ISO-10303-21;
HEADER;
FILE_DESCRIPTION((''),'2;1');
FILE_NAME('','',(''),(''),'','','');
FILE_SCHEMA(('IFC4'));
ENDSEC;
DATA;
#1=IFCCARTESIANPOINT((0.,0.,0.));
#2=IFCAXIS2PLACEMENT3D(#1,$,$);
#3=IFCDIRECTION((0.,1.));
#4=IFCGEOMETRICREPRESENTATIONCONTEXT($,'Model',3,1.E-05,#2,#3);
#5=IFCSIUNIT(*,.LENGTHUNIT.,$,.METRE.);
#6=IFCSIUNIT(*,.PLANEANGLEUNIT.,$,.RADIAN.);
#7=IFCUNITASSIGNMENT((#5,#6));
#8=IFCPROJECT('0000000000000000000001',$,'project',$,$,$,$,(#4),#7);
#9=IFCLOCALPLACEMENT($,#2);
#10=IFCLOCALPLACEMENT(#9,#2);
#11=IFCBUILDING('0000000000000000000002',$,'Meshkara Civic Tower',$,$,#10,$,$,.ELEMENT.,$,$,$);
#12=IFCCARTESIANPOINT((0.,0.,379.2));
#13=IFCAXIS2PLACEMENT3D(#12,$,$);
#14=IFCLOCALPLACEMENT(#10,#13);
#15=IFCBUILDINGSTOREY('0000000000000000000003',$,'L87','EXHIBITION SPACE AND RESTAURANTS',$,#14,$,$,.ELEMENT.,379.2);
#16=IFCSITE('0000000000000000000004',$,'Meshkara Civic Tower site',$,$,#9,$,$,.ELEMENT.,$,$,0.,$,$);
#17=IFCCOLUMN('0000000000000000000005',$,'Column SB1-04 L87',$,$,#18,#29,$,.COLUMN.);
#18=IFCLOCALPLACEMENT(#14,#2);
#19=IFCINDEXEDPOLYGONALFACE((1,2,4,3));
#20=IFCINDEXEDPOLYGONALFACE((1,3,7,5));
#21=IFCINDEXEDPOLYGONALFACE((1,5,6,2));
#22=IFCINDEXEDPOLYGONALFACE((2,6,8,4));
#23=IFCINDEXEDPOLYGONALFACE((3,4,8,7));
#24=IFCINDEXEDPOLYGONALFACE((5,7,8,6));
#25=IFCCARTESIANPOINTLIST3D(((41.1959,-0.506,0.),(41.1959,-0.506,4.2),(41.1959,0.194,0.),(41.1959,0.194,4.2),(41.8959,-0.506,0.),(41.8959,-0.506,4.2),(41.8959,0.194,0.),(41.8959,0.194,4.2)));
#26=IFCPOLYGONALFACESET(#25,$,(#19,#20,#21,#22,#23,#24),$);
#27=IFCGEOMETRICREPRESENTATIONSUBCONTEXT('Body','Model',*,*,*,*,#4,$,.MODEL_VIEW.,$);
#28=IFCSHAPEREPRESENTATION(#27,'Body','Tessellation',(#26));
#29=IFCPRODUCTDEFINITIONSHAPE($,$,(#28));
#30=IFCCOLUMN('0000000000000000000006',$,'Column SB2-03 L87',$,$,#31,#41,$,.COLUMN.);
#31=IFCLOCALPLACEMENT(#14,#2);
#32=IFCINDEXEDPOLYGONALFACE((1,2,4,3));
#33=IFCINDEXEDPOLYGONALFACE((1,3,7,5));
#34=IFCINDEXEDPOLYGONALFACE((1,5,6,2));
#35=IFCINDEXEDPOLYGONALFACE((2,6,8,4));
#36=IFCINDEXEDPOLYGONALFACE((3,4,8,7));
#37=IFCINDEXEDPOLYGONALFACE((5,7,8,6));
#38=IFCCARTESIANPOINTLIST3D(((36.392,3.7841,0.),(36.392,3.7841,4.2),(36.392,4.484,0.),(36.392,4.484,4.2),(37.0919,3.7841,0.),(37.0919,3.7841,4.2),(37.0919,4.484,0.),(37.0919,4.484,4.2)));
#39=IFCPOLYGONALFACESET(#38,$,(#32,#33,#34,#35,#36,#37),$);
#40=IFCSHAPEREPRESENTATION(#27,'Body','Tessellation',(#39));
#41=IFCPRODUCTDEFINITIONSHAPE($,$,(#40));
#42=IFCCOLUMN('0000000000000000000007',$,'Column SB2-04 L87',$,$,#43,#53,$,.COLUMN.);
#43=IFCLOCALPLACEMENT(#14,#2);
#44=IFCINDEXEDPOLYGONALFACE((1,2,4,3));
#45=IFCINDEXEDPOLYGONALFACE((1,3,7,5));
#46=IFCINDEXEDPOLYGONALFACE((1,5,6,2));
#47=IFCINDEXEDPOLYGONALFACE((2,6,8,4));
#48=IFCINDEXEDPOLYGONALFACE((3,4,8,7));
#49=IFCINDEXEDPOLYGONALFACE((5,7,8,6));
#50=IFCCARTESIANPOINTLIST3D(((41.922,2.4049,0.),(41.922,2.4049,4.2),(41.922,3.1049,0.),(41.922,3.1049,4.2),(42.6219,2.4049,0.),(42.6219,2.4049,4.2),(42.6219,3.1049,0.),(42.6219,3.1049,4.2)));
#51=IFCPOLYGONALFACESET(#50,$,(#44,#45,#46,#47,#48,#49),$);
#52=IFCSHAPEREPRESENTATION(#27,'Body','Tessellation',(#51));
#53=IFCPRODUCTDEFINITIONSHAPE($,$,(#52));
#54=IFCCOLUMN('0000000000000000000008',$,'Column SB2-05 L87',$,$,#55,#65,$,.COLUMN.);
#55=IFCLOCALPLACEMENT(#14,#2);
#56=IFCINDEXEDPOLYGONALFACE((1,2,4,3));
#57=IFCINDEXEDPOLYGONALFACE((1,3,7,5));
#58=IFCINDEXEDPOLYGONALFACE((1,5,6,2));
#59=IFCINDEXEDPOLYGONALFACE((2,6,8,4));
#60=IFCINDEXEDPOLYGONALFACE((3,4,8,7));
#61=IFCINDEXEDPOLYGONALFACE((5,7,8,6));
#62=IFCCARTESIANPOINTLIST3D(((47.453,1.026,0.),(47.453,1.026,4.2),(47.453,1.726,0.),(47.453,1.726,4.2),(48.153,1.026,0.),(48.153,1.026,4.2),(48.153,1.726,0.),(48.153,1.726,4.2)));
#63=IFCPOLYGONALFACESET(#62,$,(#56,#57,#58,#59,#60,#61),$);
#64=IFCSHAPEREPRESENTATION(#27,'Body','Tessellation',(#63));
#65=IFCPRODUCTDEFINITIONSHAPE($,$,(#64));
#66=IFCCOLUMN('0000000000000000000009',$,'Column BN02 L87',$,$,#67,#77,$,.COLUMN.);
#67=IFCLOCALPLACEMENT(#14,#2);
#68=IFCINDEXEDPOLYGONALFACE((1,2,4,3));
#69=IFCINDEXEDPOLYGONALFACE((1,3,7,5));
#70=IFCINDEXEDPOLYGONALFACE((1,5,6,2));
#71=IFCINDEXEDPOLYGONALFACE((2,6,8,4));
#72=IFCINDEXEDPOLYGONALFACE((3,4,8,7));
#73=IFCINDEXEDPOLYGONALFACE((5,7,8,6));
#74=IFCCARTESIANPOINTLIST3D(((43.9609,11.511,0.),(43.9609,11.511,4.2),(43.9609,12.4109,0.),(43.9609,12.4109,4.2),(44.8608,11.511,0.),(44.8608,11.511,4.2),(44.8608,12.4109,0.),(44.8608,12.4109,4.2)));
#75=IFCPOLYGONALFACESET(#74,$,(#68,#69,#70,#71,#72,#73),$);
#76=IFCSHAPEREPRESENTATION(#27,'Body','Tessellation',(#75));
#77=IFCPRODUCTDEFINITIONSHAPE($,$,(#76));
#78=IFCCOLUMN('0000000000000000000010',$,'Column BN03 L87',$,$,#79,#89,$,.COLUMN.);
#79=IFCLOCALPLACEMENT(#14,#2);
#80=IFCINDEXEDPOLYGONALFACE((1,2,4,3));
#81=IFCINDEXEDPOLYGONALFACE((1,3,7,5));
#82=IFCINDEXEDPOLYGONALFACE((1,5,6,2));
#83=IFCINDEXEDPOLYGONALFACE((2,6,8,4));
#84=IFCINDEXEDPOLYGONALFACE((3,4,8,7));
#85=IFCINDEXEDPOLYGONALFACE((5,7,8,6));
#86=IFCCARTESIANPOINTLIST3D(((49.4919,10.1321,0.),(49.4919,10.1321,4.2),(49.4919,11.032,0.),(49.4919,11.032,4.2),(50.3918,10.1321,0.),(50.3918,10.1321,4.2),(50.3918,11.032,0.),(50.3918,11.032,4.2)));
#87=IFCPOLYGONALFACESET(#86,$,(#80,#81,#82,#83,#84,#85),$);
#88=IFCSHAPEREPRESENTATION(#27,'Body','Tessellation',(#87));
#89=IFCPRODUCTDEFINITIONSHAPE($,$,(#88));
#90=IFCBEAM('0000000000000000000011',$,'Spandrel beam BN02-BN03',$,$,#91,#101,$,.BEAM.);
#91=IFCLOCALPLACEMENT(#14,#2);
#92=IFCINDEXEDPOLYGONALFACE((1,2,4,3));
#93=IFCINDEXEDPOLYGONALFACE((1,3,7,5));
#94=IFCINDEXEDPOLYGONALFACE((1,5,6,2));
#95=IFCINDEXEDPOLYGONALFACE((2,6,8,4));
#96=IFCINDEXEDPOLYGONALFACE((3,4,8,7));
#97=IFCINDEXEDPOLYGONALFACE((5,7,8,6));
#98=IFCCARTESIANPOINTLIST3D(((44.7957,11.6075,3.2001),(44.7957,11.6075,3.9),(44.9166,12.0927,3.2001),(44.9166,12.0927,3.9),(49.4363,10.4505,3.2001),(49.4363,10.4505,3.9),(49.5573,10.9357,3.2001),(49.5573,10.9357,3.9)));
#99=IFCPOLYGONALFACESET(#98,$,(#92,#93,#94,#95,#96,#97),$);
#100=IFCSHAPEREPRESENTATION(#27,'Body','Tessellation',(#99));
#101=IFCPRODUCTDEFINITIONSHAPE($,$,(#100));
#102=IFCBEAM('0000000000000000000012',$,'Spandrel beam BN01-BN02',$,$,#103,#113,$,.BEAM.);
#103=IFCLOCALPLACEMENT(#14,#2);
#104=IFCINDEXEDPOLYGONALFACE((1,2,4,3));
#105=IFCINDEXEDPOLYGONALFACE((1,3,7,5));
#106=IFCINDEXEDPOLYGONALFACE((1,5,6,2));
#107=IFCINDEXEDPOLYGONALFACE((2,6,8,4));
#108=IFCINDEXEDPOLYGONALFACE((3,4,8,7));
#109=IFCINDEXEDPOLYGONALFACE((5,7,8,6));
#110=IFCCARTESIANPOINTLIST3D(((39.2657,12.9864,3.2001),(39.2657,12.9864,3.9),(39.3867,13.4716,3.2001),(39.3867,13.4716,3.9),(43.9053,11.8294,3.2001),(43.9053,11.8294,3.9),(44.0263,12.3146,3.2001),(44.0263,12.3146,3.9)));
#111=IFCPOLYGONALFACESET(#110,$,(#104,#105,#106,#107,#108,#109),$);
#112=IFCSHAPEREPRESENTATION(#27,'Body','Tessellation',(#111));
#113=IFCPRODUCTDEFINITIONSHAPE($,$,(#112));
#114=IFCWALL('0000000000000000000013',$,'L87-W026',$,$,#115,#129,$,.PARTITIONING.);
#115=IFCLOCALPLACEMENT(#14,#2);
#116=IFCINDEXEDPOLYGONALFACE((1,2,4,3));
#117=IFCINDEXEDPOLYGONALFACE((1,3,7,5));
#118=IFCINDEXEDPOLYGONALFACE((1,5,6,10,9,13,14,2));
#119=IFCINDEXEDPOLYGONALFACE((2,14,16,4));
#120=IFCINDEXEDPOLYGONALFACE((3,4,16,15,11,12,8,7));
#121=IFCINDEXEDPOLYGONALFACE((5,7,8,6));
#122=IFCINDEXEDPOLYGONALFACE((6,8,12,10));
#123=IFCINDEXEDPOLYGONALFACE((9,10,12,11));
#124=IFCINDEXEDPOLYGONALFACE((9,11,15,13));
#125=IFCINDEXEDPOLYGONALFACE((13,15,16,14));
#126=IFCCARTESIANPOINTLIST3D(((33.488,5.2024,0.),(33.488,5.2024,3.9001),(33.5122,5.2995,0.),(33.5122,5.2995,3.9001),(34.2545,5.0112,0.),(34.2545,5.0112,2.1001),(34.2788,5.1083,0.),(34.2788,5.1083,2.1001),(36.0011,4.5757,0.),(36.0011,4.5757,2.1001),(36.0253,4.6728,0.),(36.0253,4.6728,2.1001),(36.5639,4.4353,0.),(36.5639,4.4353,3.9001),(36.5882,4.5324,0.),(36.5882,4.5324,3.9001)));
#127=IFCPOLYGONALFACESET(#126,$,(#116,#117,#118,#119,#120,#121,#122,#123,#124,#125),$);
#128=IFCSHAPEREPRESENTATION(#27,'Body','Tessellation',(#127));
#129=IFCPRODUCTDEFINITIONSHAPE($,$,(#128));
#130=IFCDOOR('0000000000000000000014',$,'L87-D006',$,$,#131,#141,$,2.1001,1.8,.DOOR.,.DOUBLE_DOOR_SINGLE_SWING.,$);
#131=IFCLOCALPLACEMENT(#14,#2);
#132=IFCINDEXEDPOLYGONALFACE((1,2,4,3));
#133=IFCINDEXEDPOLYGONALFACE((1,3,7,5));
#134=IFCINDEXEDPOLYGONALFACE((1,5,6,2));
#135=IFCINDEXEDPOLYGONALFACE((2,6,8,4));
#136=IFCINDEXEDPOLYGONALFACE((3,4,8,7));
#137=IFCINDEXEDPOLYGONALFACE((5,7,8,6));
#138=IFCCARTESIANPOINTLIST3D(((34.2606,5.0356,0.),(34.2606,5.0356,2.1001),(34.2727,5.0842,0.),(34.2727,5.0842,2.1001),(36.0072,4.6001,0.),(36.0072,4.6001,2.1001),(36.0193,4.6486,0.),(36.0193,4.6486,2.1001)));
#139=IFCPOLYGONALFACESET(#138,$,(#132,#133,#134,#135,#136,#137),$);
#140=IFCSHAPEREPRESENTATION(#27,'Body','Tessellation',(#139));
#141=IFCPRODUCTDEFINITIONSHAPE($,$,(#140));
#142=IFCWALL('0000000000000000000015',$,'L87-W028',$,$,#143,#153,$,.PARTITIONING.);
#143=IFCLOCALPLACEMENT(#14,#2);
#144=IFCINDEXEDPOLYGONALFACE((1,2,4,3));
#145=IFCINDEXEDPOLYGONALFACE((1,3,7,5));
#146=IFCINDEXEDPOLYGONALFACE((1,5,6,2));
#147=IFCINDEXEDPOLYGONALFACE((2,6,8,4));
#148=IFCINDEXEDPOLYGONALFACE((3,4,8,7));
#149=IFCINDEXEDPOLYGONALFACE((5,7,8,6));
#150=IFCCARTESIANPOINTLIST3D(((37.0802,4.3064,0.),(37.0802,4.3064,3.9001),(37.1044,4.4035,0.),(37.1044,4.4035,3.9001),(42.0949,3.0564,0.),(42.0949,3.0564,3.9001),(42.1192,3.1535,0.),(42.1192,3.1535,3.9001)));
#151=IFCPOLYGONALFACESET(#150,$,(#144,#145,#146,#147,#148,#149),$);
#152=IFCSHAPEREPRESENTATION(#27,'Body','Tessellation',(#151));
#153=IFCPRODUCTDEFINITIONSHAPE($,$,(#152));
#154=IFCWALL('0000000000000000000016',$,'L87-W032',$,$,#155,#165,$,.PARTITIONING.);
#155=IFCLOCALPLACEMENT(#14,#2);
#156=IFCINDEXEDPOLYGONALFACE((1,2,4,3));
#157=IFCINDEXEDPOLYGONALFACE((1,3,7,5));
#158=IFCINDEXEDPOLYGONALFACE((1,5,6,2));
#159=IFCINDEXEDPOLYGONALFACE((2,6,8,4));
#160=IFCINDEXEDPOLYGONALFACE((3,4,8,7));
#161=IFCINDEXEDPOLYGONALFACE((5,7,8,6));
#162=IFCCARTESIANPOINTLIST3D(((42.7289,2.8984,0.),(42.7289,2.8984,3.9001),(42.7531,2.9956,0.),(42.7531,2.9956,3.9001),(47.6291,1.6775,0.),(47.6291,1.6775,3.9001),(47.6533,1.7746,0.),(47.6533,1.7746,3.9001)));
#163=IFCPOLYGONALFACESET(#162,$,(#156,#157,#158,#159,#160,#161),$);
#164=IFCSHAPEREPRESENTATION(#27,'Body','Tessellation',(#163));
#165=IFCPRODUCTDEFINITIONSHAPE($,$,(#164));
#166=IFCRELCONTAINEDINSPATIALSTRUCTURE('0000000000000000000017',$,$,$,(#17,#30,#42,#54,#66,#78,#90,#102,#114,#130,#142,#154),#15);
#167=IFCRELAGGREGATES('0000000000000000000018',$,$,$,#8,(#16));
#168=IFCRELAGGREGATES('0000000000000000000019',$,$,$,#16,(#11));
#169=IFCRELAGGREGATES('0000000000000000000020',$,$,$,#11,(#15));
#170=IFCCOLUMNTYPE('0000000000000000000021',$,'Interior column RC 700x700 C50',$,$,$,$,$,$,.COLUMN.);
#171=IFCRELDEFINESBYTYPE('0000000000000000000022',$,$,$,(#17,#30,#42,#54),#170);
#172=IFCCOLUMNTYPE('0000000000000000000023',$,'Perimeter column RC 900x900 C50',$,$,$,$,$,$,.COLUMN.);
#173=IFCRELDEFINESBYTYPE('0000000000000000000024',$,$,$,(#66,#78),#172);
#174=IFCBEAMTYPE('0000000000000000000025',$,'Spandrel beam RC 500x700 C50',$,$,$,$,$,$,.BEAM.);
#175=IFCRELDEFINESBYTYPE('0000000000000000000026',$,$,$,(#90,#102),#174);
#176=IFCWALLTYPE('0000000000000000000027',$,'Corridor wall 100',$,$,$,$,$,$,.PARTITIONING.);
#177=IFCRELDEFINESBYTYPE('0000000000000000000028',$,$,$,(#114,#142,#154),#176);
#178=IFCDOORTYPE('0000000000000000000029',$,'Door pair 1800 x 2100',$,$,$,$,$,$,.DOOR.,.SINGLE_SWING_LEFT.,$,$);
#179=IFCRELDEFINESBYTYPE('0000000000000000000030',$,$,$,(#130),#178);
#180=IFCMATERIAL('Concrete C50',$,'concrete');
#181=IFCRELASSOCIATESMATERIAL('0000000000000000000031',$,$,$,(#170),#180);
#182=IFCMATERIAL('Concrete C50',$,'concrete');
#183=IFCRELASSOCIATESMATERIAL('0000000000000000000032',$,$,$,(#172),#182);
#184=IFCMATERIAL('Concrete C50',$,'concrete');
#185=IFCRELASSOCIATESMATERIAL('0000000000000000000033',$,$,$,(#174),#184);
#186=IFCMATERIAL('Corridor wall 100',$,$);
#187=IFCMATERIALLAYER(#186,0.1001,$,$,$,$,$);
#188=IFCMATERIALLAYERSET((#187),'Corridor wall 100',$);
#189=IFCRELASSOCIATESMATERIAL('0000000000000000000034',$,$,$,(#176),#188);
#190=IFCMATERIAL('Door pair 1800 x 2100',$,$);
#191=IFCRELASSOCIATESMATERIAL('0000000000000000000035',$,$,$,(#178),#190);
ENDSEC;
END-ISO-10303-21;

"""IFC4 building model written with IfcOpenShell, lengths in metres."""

from ifc_helpers import new_model, si_unit, direction, frame, frame_2d, origin, origin_2d, place, context, subcontext, project, spatial, rectangle, extrude, material, layer, layer_set, material_profile, profile_set, type_object, element, fill, save


model = new_model("IFC4")

# Units and contexts
model_context = context("Model", 3, precision=1e-05, world=origin(), true_north=direction((0.0, 1.0)))
body_context = subcontext(model_context, "Body", "Model", "MODEL_VIEW")
ifc_project = project(units=[si_unit("LENGTHUNIT", "METRE"), si_unit("PLANEANGLEUNIT", "RADIAN")], contexts=[model_context])

# Site, building, storey
site_placement = place(None, origin())
site = spatial("IfcSite", under=ifc_project, at=site_placement, Name="Meshkara Civic Tower site", CompositionType="ELEMENT", RefElevation=0.0)
building_placement = place(site_placement, origin())
building = spatial("IfcBuilding", under=site, at=building_placement, Name="Meshkara Civic Tower", CompositionType="ELEMENT")
storey_placement = place(building_placement, frame((0.0, 0.0, 379.2)))
storey = spatial("IfcBuildingStorey", under=building, at=storey_placement, Name="L87", Description="EXHIBITION SPACE AND RESTAURANTS", CompositionType="ELEMENT", Elevation=379.2)

# Columns
ifc_material_1 = material(Name="Concrete C50", Category="concrete")
ifc_material_profile_1 = material_profile(ifc_material_1, rectangle(XDim=0.7, YDim=0.7, at=origin_2d()))
ifc_profile_set_1 = profile_set([ifc_material_profile_1], Name="Concrete C50")
column_type_1 = type_object("IfcColumnType", Name="Interior column RC 700x700 C50", PredefinedType="COLUMN", material=ifc_profile_set_1)
for number, where, z_axis, x_axis, name in (
    (1, (41.5459, -0.156, 0.0), (0.0, 0.0, 1.0), (1.0, 0.0, 0.0), "Column SB1-04 L87"),
    (2, (36.7419, 4.134, 0.0), (0.0, 0.0, 1.0), (1.0, 0.0, 0.0), "Column SB2-03 L87"),
    (3, (42.272, 2.7549, 0.0), (0.0, 0.0, 1.0), (1.0, 0.0, 0.0), "Column SB2-04 L87"),
    (4, (47.803, 1.376, 0.0), (0.0, 0.0, 1.0), (1.0, 0.0, 0.0), "Column SB2-05 L87"),
):
    element("IfcColumn", number, at=place(storey_placement, frame(where, z_axis=z_axis, x_axis=x_axis)), inside=storey, type_object=column_type_1, Name=name, PredefinedType="COLUMN", context=body_context, shape_type="SweptSolid", body=[
        extrude(rectangle(XDim=0.7, YDim=0.7, at=origin_2d()), origin(), (0.0, 0.0, 1.0), 4.2),
    ])
ifc_material_2 = material(Name="Concrete C50", Category="concrete")
ifc_material_profile_2 = material_profile(ifc_material_2, rectangle(XDim=0.8999, YDim=0.8999, at=origin_2d()))
ifc_profile_set_2 = profile_set([ifc_material_profile_2], Name="Concrete C50")
column_type_2 = type_object("IfcColumnType", Name="Perimeter column RC 900x900 C50", PredefinedType="COLUMN", material=ifc_profile_set_2)
for number, where, z_axis, x_axis, name in (
    (5, (44.4109, 11.9609, 0.0), (0.0, 0.0, 1.0), (1.0, 0.0, 0.0), "Column BN02 L87"),
    (6, (49.9419, 10.582, 0.0), (0.0, 0.0, 1.0), (1.0, 0.0, 0.0), "Column BN03 L87"),
):
    element("IfcColumn", number, at=place(storey_placement, frame(where, z_axis=z_axis, x_axis=x_axis)), inside=storey, type_object=column_type_2, Name=name, PredefinedType="COLUMN", context=body_context, shape_type="SweptSolid", body=[
        extrude(rectangle(XDim=0.8999, YDim=0.8999, at=origin_2d()), origin(), (0.0, 0.0, 1.0), 4.2),
    ])

# Beams
ifc_material_3 = material(Name="Concrete C50", Category="concrete")
ifc_material_profile_3 = material_profile(ifc_material_3, rectangle(XDim=0.5, YDim=0.7, at=origin_2d()))
ifc_profile_set_3 = profile_set([ifc_material_profile_3], Name="Concrete C50")
beam_type = type_object("IfcBeamType", Name="Spandrel beam RC 500x700 C50", PredefinedType="BEAM", material=ifc_profile_set_3)
beam_1_placement = place(storey_placement, frame((49.4968, 10.6931, 3.55), z_axis=(-0.970298, 0.241911, 0.0), x_axis=(-0.241911, -0.970298, 0.0)))
element("IfcBeam", 7, at=beam_1_placement, inside=storey, type_object=beam_type, Name="Spandrel beam BN02-BN03", PredefinedType="BEAM", context=body_context, shape_type="SweptSolid", body=[
    extrude(rectangle(XDim=0.5, YDim=0.7, at=origin_2d()), origin(), (0.0, 0.0, 1.0), 4.7827),
])
beam_2_placement = place(storey_placement, frame((43.9658, 12.072, 3.55), z_axis=(-0.970286, 0.241959, 0.0), x_axis=(-0.241959, -0.970286, 0.0)))
element("IfcBeam", 8, at=beam_2_placement, inside=storey, type_object=beam_type, Name="Spandrel beam BN01-BN02", PredefinedType="BEAM", context=body_context, shape_type="SweptSolid", body=[
    extrude(rectangle(XDim=0.5, YDim=0.7, at=origin_2d()), origin(), (0.0, 0.0, 1.0), 4.7817),
])

# Wall, opening, door
ifc_material_4 = material(Name="Corridor wall 100")
ifc_layer_1 = layer(ifc_material_4, 0.1001)
ifc_layer_set_1 = layer_set([ifc_layer_1], Name="Corridor wall 100")
wall_type_1 = type_object("IfcWallType", Name="Corridor wall 100", PredefinedType="PARTITIONING", material=ifc_layer_set_1)
wall_1_placement = place(storey_placement, frame((36.5759, 4.4839, 0.0), z_axis=(0.0, 0.0, 1.0), x_axis=(-0.970283, 0.241974, 0.0)))
wall_1 = element("IfcWall", 9, at=wall_1_placement, inside=storey, type_object=wall_type_1, Name="L87-W026", PredefinedType="PARTITIONING", context=body_context, shape_type="SweptSolid", body=[
    extrude(rectangle(XDim=3.1702, YDim=0.1001, at=frame_2d((1.585, 0.0))), origin(), (0.0, 0.0, 1.0), 3.9001),
])
opening_1_placement = place(wall_1_placement, frame((0.5801, 0.0, 0.0)))
opening_1 = element("IfcOpeningElement", 10, at=opening_1_placement, cuts=wall_1, PredefinedType="OPENING", context=body_context, shape_type="SweptSolid", body=[
    extrude(rectangle(XDim=1.8, YDim=2.1001, at=frame_2d((0.8999, 1.05))), frame((0.0, 0.0601, 0.0), z_axis=(0.0, -1.0, 0.0), x_axis=(1.0, 0.0, 0.0)), (0.0, 0.0, 1.0), 0.1201),
])
ifc_material_5 = material(Name="Door pair 1800 x 2100")
door_type_1 = type_object("IfcDoorType", Name="Door pair 1800 x 2100", OperationType="SINGLE_SWING_LEFT", PredefinedType="DOOR", material=ifc_material_5)
door_1_placement = place(opening_1_placement, origin())
door_1 = element("IfcDoor", 11, at=door_1_placement, inside=storey, type_object=door_type_1, Name="L87-D006", OperationType="DOUBLE_DOOR_SINGLE_SWING", OverallHeight=2.1001, OverallWidth=1.8, PredefinedType="DOOR", context=body_context, shape_type="SweptSolid", body=[
    extrude(rectangle(XDim=1.8, YDim=2.1001, at=frame_2d((0.8999, 1.05))), frame((0.0, 0.0249, 0.0), z_axis=(0.0, -1.0, 0.0), x_axis=(1.0, 0.0, 0.0)), (0.0, 0.0, 1.0), 0.05),
])
fill(opening_1, door_1)

# Walls
wall_2_placement = place(storey_placement, frame((42.1069, 3.105, 0.0), z_axis=(0.0, 0.0, 1.0), x_axis=(-0.970312, 0.241858, 0.0)))
element("IfcWall", 12, at=wall_2_placement, inside=storey, type_object=wall_type_1, Name="L87-W028", PredefinedType="PARTITIONING", context=body_context, shape_type="SweptSolid", body=[
    extrude(rectangle(XDim=5.1682, YDim=0.1001, at=frame_2d((2.584, 0.0))), origin(), (0.0, 0.0, 1.0), 3.9001),
])
wall_3_placement = place(storey_placement, frame((47.6411, 1.7261, 0.0), z_axis=(0.0, 0.0, 1.0), x_axis=(-0.970333, 0.241773, 0.0)))
element("IfcWall", 13, at=wall_3_placement, inside=storey, type_object=wall_type_1, Name="L87-W032", PredefinedType="PARTITIONING", context=body_context, shape_type="SweptSolid", body=[
    extrude(rectangle(XDim=5.05, YDim=0.1001, at=frame_2d((2.5249, 0.0))), origin(), (0.0, 0.0, 1.0), 3.9001),
])

save(model, "model.ifc")
